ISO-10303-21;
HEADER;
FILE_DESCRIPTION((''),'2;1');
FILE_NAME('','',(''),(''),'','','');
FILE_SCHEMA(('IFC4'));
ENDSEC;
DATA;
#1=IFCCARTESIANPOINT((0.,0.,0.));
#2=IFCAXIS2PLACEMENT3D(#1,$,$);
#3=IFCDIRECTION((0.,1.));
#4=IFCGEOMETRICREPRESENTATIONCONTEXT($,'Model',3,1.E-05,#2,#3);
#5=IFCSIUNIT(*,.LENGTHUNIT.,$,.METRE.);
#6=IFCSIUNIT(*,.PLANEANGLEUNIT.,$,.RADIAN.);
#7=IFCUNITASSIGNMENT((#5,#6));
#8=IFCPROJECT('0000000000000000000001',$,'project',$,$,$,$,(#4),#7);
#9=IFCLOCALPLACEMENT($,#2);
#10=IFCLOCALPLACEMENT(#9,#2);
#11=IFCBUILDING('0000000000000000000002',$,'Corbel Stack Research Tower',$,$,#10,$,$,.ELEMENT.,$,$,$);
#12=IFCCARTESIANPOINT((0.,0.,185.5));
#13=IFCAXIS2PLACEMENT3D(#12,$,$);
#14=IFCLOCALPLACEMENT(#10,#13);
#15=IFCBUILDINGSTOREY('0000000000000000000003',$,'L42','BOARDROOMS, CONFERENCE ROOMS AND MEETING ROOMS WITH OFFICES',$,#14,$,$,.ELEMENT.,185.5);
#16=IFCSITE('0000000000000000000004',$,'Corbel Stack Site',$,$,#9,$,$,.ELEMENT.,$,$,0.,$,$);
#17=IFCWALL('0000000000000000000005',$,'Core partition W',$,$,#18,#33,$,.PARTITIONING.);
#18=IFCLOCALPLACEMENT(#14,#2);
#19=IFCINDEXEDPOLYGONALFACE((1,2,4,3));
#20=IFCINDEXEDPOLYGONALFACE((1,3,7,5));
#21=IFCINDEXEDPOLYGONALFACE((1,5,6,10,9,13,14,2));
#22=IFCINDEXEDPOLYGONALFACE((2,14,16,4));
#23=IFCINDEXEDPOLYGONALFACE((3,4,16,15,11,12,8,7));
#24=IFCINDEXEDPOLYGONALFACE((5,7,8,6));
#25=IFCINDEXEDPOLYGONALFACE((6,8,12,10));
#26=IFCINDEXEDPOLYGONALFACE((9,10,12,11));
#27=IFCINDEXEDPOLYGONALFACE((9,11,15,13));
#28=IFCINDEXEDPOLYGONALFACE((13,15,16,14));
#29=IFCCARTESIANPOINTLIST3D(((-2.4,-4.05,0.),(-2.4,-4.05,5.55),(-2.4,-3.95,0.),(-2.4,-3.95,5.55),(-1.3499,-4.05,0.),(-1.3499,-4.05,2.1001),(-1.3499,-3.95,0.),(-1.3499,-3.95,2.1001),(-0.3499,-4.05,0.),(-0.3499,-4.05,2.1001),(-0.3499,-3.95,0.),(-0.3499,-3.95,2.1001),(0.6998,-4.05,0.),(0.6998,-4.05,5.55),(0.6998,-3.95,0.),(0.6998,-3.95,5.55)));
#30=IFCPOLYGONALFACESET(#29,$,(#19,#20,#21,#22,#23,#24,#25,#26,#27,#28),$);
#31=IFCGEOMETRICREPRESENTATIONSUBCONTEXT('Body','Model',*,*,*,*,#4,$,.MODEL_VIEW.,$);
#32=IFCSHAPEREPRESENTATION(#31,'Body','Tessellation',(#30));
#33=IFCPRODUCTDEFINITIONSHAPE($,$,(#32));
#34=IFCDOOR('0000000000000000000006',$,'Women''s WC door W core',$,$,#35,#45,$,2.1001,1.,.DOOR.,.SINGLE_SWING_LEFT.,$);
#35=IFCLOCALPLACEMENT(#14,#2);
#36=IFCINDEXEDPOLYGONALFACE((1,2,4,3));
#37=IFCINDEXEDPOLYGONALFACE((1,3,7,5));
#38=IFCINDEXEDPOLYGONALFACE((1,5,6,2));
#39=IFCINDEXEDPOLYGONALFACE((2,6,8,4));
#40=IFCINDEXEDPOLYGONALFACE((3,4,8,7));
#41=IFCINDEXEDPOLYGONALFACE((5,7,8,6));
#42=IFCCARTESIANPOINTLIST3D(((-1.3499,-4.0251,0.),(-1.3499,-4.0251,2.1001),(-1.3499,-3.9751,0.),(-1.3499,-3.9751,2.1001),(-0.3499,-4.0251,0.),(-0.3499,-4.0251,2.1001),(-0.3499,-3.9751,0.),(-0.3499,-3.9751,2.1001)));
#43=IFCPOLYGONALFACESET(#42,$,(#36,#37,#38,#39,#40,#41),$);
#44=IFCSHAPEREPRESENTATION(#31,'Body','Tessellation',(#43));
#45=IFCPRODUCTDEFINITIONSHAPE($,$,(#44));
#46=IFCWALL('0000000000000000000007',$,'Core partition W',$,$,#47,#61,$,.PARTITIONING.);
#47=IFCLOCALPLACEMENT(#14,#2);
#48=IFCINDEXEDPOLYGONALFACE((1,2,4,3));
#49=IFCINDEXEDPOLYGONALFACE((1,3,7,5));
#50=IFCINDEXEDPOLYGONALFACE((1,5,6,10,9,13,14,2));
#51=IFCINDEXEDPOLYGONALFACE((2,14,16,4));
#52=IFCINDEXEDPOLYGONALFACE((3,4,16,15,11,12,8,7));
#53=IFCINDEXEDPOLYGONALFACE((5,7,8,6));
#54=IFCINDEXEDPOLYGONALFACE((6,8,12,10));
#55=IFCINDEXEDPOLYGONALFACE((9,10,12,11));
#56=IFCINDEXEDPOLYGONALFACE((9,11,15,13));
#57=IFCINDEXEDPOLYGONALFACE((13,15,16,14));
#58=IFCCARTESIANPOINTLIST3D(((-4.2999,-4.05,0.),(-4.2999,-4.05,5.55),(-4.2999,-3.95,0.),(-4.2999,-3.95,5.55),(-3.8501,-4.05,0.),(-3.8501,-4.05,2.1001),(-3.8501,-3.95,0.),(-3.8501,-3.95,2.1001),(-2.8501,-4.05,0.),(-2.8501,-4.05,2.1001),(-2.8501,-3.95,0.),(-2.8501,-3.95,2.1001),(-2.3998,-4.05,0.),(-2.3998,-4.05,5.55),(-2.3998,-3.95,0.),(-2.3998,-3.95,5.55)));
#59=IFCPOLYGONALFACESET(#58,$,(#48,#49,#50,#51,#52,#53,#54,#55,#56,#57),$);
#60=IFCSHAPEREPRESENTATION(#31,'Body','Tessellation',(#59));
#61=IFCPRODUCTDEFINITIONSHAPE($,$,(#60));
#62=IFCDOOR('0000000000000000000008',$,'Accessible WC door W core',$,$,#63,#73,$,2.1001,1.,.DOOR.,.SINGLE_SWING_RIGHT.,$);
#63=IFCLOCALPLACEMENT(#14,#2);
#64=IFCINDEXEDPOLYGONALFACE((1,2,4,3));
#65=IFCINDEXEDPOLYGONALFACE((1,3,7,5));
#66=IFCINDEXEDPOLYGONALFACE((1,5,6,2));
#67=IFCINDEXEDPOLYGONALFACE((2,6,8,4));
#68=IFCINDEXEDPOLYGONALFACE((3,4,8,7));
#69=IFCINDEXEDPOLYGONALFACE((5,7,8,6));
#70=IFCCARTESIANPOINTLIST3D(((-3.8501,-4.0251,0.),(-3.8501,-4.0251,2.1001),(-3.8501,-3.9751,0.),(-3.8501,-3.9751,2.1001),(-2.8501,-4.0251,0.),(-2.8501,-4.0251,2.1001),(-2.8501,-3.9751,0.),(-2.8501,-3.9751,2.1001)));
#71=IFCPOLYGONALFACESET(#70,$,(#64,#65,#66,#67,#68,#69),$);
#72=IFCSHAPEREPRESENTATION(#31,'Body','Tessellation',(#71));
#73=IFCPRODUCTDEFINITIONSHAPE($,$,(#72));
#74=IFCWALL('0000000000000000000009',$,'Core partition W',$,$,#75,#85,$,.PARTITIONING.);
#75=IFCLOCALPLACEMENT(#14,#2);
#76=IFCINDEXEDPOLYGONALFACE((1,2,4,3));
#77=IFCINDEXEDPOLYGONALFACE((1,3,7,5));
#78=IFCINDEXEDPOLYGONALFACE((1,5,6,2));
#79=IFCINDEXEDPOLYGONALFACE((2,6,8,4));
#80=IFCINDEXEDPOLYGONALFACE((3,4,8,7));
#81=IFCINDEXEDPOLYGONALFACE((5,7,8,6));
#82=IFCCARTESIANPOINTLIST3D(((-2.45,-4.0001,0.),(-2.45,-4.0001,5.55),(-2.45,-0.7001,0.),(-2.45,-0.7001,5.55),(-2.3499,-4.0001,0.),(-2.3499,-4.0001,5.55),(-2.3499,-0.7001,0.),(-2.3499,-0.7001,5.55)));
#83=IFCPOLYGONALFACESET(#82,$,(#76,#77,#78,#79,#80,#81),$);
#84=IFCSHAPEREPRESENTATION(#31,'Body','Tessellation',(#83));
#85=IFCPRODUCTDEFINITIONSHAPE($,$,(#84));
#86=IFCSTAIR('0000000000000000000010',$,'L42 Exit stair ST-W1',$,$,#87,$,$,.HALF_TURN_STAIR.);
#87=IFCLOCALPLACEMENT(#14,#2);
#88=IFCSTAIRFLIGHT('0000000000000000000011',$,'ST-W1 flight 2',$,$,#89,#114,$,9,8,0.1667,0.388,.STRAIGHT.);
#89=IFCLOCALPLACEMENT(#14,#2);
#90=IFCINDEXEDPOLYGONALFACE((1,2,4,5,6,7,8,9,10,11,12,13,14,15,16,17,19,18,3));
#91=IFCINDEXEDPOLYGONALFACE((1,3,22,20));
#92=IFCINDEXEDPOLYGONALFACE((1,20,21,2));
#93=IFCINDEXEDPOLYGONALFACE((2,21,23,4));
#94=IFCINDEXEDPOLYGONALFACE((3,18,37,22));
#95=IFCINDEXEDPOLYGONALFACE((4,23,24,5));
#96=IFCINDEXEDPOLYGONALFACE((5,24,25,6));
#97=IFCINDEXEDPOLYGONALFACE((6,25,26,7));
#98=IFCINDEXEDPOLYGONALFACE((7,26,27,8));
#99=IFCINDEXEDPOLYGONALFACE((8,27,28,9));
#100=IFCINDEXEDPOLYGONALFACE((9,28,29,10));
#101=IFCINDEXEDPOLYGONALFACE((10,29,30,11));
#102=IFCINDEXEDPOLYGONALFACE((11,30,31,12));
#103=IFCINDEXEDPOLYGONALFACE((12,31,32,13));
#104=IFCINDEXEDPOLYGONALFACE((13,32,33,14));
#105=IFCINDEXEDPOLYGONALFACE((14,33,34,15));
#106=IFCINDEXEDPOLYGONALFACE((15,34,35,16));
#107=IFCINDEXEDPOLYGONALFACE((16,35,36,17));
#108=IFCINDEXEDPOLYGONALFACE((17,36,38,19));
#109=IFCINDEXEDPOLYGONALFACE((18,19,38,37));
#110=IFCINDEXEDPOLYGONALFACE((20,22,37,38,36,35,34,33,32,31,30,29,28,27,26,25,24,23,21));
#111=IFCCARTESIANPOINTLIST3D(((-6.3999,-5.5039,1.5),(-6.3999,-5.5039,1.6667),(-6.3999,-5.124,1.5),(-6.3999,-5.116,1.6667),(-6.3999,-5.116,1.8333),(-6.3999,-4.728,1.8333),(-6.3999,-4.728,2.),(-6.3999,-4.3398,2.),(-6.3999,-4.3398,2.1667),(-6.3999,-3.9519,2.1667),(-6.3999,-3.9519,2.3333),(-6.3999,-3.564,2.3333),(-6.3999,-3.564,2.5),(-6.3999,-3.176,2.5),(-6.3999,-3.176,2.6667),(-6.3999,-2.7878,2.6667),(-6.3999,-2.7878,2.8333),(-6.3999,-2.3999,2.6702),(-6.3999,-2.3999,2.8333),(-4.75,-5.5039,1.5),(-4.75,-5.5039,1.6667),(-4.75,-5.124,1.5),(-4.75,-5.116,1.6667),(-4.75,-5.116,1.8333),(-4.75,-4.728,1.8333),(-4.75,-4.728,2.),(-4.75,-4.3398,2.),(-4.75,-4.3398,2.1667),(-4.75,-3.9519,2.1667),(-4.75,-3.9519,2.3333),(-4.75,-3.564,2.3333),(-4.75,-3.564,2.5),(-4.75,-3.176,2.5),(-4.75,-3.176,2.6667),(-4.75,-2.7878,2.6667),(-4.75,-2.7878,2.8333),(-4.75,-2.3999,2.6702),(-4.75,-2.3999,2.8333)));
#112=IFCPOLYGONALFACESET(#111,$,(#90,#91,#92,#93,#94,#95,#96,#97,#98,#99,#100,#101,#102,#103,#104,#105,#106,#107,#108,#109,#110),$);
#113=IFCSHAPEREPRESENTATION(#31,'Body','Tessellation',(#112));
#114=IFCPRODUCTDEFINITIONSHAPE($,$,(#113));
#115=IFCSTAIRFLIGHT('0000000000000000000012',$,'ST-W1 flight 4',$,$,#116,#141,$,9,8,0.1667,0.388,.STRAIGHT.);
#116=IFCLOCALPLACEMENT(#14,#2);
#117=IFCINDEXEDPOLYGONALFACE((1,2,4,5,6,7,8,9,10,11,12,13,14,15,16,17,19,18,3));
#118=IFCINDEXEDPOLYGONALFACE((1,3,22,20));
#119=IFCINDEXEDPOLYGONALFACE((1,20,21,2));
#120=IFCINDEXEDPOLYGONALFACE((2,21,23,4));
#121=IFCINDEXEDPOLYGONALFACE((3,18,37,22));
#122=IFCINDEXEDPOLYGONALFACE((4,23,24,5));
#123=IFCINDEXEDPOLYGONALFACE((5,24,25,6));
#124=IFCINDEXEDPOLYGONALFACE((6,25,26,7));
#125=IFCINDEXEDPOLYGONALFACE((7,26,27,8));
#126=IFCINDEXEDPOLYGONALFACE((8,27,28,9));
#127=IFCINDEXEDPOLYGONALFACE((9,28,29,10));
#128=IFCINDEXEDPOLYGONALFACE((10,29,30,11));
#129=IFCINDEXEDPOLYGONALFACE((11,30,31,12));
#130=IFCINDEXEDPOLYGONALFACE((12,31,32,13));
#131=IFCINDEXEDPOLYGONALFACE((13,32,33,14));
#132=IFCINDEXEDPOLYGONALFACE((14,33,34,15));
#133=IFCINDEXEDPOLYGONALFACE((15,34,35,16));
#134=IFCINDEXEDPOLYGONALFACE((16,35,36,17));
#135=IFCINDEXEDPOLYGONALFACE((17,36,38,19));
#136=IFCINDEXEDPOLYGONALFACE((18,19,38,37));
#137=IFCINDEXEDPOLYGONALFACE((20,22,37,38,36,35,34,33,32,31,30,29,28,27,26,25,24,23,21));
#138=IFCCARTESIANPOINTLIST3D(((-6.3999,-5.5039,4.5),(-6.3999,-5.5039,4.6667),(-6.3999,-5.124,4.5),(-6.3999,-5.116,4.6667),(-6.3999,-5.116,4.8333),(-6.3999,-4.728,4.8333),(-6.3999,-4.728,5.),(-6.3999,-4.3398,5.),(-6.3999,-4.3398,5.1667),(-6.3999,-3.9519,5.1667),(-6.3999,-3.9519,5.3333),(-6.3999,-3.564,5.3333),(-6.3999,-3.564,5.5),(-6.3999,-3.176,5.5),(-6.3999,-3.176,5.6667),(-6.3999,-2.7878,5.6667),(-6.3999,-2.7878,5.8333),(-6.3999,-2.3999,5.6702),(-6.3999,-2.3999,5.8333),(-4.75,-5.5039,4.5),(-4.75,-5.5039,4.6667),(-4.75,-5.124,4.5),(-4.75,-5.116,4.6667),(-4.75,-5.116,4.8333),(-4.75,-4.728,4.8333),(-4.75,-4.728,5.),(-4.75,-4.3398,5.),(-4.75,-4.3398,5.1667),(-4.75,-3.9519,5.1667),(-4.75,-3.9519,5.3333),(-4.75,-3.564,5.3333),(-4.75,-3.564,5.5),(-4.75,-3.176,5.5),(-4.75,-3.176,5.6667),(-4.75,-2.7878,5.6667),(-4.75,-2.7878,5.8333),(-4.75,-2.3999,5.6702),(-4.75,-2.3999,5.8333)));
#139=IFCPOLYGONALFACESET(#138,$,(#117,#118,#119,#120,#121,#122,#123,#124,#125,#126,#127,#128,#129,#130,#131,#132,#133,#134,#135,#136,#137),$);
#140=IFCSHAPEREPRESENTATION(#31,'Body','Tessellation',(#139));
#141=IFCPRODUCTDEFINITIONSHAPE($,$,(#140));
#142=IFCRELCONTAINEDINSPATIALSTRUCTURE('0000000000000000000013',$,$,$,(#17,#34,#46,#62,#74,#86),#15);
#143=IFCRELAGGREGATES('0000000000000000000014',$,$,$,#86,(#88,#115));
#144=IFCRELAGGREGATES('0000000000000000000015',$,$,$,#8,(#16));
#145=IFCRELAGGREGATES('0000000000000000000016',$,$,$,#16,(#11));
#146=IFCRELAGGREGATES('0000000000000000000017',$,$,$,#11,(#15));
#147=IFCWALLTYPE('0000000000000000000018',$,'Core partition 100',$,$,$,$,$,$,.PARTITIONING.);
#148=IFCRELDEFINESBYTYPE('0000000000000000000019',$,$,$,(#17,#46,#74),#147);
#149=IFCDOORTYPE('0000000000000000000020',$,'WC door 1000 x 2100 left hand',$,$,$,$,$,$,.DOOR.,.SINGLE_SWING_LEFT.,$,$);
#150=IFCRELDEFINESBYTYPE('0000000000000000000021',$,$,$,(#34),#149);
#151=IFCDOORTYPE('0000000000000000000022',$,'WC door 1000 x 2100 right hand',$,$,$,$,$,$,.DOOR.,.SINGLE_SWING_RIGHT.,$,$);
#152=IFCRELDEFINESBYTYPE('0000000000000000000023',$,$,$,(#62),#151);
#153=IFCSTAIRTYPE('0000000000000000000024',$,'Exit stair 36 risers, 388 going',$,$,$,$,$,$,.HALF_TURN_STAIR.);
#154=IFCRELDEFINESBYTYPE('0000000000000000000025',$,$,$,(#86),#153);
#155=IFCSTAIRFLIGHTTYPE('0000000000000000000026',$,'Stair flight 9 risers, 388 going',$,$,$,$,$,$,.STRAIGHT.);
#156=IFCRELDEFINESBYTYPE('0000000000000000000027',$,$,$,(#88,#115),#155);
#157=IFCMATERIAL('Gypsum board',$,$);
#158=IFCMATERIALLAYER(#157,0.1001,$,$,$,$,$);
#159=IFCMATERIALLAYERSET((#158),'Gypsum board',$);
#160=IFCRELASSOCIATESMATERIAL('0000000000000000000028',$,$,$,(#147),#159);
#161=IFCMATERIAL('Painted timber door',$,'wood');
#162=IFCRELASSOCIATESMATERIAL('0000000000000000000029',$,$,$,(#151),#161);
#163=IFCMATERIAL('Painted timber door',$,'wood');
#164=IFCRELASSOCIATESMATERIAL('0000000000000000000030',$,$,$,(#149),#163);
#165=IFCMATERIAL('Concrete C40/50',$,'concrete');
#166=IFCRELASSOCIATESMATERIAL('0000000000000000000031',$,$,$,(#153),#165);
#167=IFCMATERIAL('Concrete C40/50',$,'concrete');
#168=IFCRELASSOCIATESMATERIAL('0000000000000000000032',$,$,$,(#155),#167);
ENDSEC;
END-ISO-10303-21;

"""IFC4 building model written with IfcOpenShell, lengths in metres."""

from ifc_helpers import new_model, si_unit, direction, frame, frame_2d, origin, place, context, subcontext, project, spatial, polyline, rectangle, outline, extrude, material, layer, layer_set, type_object, element, fill, aggregate, save


model = new_model("IFC4")

# Units and contexts
model_context = context("Model", 3, precision=1e-05, world=origin(), true_north=direction((0.0, 1.0)))
body_context = subcontext(model_context, "Body", "Model", "MODEL_VIEW")
ifc_project = project(units=[si_unit("LENGTHUNIT", "METRE"), si_unit("PLANEANGLEUNIT", "RADIAN")], contexts=[model_context])

# Site, building, storey
site_placement = place(None, origin())
site = spatial("IfcSite", under=ifc_project, at=site_placement, Name="Corbel Stack Site", CompositionType="ELEMENT", RefElevation=0.0)
building_placement = place(site_placement, origin())
building = spatial("IfcBuilding", under=site, at=building_placement, Name="Corbel Stack Research Tower", CompositionType="ELEMENT")
storey_placement = place(building_placement, frame((0.0, 0.0, 185.5)))
storey = spatial("IfcBuildingStorey", under=building, at=storey_placement, Name="L42", Description="BOARDROOMS, CONFERENCE ROOMS AND MEETING ROOMS WITH OFFICES", CompositionType="ELEMENT", Elevation=185.5)

# Walls, openings, doors
ifc_material_1 = material(Name="Gypsum board")
ifc_layer_1 = layer(ifc_material_1, 0.1001)
ifc_layer_set_1 = layer_set([ifc_layer_1], Name="Gypsum board")
wall_type_1 = type_object("IfcWallType", Name="Core partition 100", PredefinedType="PARTITIONING", material=ifc_layer_set_1)
ifc_material_2 = material(Name="Painted timber door", Category="wood")
door_type_1 = type_object("IfcDoorType", Name="WC door 1000 x 2100 right hand", OperationType="SINGLE_SWING_RIGHT", PredefinedType="DOOR", material=ifc_material_2)
wall_1_placement = place(storey_placement, frame((-2.3999, -4.0, 0.0), z_axis=(0.0, 0.0, 1.0), x_axis=(1.0, 0.0, 0.0)))
wall_1 = element("IfcWall", 1, at=wall_1_placement, inside=storey, type_object=wall_type_1, Name="Core partition W", PredefinedType="PARTITIONING", context=body_context, shape_type="SweptSolid", body=[
    extrude(rectangle(XDim=3.0999, YDim=0.1001, at=frame_2d((1.5498, 0.0))), origin(), (0.0, 0.0, 1.0), 5.55),
])
opening_1_placement = place(wall_1_placement, frame((1.05, 0.0, 0.0)))
opening_1 = element("IfcOpeningElement", 2, at=opening_1_placement, cuts=wall_1, PredefinedType="OPENING", context=body_context, shape_type="SweptSolid", body=[
    extrude(rectangle(XDim=1.0, YDim=2.1001, at=frame_2d((0.5, 1.05))), frame((0.0, 0.0601, 0.0), z_axis=(0.0, -1.0, 0.0), x_axis=(1.0, 0.0, 0.0)), (0.0, 0.0, 1.0), 0.1201),
])
ifc_material_3 = material(Name="Painted timber door", Category="wood")
door_type_2 = type_object("IfcDoorType", Name="WC door 1000 x 2100 left hand", OperationType="SINGLE_SWING_LEFT", PredefinedType="DOOR", material=ifc_material_3)
door_1_placement = place(opening_1_placement, origin())
door_1 = element("IfcDoor", 3, at=door_1_placement, inside=storey, type_object=door_type_2, Name="Women's WC door W core", OperationType="SINGLE_SWING_LEFT", OverallHeight=2.1001, OverallWidth=1.0, PredefinedType="DOOR", context=body_context, shape_type="SweptSolid", body=[
    extrude(rectangle(XDim=1.0, YDim=2.1001, at=frame_2d((0.5, 1.05))), frame((0.0, 0.0249, 0.0), z_axis=(0.0, -1.0, 0.0), x_axis=(1.0, 0.0, 0.0)), (0.0, 0.0, 1.0), 0.05),
])
fill(opening_1, door_1)
wall_2_placement = place(storey_placement, frame((-4.3, -4.0, 0.0), z_axis=(0.0, 0.0, 1.0), x_axis=(1.0, 0.0, 0.0)))
wall_2 = element("IfcWall", 4, at=wall_2_placement, inside=storey, type_object=wall_type_1, Name="Core partition W", PredefinedType="PARTITIONING", context=body_context, shape_type="SweptSolid", body=[
    extrude(rectangle(XDim=1.9001, YDim=0.1001, at=frame_2d((0.9502, 0.0))), origin(), (0.0, 0.0, 1.0), 5.55),
])
opening_2_placement = place(wall_2_placement, frame((0.45, 0.0, 0.0)))
opening_2 = element("IfcOpeningElement", 5, at=opening_2_placement, cuts=wall_2, PredefinedType="OPENING", context=body_context, shape_type="SweptSolid", body=[
    extrude(rectangle(XDim=1.0, YDim=2.1001, at=frame_2d((0.5, 1.05))), frame((0.0, 0.0601, 0.0), z_axis=(0.0, -1.0, 0.0), x_axis=(1.0, 0.0, 0.0)), (0.0, 0.0, 1.0), 0.1201),
])
door_2_placement = place(opening_2_placement, origin())
door_2 = element("IfcDoor", 6, at=door_2_placement, inside=storey, type_object=door_type_1, Name="Accessible WC door W core", OperationType="SINGLE_SWING_RIGHT", OverallHeight=2.1001, OverallWidth=1.0, PredefinedType="DOOR", context=body_context, shape_type="SweptSolid", body=[
    extrude(rectangle(XDim=1.0, YDim=2.1001, at=frame_2d((0.5, 1.05))), frame((0.0, 0.0249, 0.0), z_axis=(0.0, -1.0, 0.0), x_axis=(1.0, 0.0, 0.0)), (0.0, 0.0, 1.0), 0.05),
])
fill(opening_2, door_2)

# Wall
wall_3_placement = place(storey_placement, frame((-2.3999, -4.0, 0.0), z_axis=(0.0, 0.0, 1.0), x_axis=(0.0, 1.0, 0.0)))
element("IfcWall", 7, at=wall_3_placement, inside=storey, type_object=wall_type_1, Name="Core partition W", PredefinedType="PARTITIONING", context=body_context, shape_type="SweptSolid", body=[
    extrude(rectangle(XDim=3.3, YDim=0.1001, at=frame_2d((1.6499, 0.0))), origin(), (0.0, 0.0, 1.0), 5.55),
])

# Stair, stair flights
ifc_material_4 = material(Name="Concrete C40/50", Category="concrete")
stair_type = type_object("IfcStairType", Name="Exit stair 36 risers, 388 going", PredefinedType="HALF_TURN_STAIR", material=ifc_material_4)
stair_placement = place(storey_placement, origin())
stair = element("IfcStair", 8, at=stair_placement, inside=storey, type_object=stair_type, Name="L42 Exit stair ST-W1", PredefinedType="HALF_TURN_STAIR")
ifc_material_5 = material(Name="Concrete C40/50", Category="concrete")
stair_flight_type = type_object("IfcStairFlightType", Name="Stair flight 9 risers, 388 going", PredefinedType="STRAIGHT", material=ifc_material_5)
stair_flight_1_placement = place(storey_placement, frame((-5.575, -5.5039, 1.5), z_axis=(0.0, 0.0, 1.0), x_axis=(0.0, 1.0, 0.0)))
stair_flight_1 = element("IfcStairFlight", 9, at=stair_flight_1_placement, type_object=stair_flight_type, Name="ST-W1 flight 2", NumberOfRisers=9, NumberOfTreads=8, PredefinedType="STRAIGHT", RiserHeight=0.1667, TreadLength=0.388, context=body_context, shape_type="SweptSolid", body=[
    extrude(outline(polyline([(0.0, 0.0), (0.0, 0.1667), (0.3879, 0.1667), (0.3879, 0.3333), (0.7759, 0.3333), (0.7759, 0.5), (1.1641, 0.5), (1.1641, 0.6667), (1.552, 0.6667), (1.552, 0.8333), (1.9399, 0.8333), (1.9399, 1.0), (2.3279, 1.0), (2.3279, 1.1667), (2.7161, 1.1667), (2.7161, 1.3333), (3.104, 1.3333), (3.104, 1.5), (3.104, 1.1702), (0.3799, 0.0), (0.0, 0.0)])), frame((0.0, 0.825, 0.0), z_axis=(0.0, -1.0, 0.0), x_axis=(1.0, 0.0, 0.0)), (0.0, 0.0, 1.0), 1.6499),
])
stair_flight_2_placement = place(storey_placement, frame((-5.575, -5.5039, 4.5), z_axis=(0.0, 0.0, 1.0), x_axis=(0.0, 1.0, 0.0)))
stair_flight_2 = element("IfcStairFlight", 10, at=stair_flight_2_placement, type_object=stair_flight_type, Name="ST-W1 flight 4", NumberOfRisers=9, NumberOfTreads=8, PredefinedType="STRAIGHT", RiserHeight=0.1667, TreadLength=0.388, context=body_context, shape_type="SweptSolid", body=[
    extrude(outline(polyline([(0.0, 0.0), (0.0, 0.1667), (0.3879, 0.1667), (0.3879, 0.3333), (0.7759, 0.3333), (0.7759, 0.5), (1.1641, 0.5), (1.1641, 0.6667), (1.552, 0.6667), (1.552, 0.8333), (1.9399, 0.8333), (1.9399, 1.0), (2.3279, 1.0), (2.3279, 1.1667), (2.7161, 1.1667), (2.7161, 1.3333), (3.104, 1.3333), (3.104, 1.5), (3.104, 1.1702), (0.3799, 0.0), (0.0, 0.0)])), frame((0.0, 0.825, 0.0), z_axis=(0.0, -1.0, 0.0), x_axis=(1.0, 0.0, 0.0)), (0.0, 0.0, 1.0), 1.6499),
])
aggregate(stair, [stair_flight_1, stair_flight_2])

save(model, "model.ifc")
